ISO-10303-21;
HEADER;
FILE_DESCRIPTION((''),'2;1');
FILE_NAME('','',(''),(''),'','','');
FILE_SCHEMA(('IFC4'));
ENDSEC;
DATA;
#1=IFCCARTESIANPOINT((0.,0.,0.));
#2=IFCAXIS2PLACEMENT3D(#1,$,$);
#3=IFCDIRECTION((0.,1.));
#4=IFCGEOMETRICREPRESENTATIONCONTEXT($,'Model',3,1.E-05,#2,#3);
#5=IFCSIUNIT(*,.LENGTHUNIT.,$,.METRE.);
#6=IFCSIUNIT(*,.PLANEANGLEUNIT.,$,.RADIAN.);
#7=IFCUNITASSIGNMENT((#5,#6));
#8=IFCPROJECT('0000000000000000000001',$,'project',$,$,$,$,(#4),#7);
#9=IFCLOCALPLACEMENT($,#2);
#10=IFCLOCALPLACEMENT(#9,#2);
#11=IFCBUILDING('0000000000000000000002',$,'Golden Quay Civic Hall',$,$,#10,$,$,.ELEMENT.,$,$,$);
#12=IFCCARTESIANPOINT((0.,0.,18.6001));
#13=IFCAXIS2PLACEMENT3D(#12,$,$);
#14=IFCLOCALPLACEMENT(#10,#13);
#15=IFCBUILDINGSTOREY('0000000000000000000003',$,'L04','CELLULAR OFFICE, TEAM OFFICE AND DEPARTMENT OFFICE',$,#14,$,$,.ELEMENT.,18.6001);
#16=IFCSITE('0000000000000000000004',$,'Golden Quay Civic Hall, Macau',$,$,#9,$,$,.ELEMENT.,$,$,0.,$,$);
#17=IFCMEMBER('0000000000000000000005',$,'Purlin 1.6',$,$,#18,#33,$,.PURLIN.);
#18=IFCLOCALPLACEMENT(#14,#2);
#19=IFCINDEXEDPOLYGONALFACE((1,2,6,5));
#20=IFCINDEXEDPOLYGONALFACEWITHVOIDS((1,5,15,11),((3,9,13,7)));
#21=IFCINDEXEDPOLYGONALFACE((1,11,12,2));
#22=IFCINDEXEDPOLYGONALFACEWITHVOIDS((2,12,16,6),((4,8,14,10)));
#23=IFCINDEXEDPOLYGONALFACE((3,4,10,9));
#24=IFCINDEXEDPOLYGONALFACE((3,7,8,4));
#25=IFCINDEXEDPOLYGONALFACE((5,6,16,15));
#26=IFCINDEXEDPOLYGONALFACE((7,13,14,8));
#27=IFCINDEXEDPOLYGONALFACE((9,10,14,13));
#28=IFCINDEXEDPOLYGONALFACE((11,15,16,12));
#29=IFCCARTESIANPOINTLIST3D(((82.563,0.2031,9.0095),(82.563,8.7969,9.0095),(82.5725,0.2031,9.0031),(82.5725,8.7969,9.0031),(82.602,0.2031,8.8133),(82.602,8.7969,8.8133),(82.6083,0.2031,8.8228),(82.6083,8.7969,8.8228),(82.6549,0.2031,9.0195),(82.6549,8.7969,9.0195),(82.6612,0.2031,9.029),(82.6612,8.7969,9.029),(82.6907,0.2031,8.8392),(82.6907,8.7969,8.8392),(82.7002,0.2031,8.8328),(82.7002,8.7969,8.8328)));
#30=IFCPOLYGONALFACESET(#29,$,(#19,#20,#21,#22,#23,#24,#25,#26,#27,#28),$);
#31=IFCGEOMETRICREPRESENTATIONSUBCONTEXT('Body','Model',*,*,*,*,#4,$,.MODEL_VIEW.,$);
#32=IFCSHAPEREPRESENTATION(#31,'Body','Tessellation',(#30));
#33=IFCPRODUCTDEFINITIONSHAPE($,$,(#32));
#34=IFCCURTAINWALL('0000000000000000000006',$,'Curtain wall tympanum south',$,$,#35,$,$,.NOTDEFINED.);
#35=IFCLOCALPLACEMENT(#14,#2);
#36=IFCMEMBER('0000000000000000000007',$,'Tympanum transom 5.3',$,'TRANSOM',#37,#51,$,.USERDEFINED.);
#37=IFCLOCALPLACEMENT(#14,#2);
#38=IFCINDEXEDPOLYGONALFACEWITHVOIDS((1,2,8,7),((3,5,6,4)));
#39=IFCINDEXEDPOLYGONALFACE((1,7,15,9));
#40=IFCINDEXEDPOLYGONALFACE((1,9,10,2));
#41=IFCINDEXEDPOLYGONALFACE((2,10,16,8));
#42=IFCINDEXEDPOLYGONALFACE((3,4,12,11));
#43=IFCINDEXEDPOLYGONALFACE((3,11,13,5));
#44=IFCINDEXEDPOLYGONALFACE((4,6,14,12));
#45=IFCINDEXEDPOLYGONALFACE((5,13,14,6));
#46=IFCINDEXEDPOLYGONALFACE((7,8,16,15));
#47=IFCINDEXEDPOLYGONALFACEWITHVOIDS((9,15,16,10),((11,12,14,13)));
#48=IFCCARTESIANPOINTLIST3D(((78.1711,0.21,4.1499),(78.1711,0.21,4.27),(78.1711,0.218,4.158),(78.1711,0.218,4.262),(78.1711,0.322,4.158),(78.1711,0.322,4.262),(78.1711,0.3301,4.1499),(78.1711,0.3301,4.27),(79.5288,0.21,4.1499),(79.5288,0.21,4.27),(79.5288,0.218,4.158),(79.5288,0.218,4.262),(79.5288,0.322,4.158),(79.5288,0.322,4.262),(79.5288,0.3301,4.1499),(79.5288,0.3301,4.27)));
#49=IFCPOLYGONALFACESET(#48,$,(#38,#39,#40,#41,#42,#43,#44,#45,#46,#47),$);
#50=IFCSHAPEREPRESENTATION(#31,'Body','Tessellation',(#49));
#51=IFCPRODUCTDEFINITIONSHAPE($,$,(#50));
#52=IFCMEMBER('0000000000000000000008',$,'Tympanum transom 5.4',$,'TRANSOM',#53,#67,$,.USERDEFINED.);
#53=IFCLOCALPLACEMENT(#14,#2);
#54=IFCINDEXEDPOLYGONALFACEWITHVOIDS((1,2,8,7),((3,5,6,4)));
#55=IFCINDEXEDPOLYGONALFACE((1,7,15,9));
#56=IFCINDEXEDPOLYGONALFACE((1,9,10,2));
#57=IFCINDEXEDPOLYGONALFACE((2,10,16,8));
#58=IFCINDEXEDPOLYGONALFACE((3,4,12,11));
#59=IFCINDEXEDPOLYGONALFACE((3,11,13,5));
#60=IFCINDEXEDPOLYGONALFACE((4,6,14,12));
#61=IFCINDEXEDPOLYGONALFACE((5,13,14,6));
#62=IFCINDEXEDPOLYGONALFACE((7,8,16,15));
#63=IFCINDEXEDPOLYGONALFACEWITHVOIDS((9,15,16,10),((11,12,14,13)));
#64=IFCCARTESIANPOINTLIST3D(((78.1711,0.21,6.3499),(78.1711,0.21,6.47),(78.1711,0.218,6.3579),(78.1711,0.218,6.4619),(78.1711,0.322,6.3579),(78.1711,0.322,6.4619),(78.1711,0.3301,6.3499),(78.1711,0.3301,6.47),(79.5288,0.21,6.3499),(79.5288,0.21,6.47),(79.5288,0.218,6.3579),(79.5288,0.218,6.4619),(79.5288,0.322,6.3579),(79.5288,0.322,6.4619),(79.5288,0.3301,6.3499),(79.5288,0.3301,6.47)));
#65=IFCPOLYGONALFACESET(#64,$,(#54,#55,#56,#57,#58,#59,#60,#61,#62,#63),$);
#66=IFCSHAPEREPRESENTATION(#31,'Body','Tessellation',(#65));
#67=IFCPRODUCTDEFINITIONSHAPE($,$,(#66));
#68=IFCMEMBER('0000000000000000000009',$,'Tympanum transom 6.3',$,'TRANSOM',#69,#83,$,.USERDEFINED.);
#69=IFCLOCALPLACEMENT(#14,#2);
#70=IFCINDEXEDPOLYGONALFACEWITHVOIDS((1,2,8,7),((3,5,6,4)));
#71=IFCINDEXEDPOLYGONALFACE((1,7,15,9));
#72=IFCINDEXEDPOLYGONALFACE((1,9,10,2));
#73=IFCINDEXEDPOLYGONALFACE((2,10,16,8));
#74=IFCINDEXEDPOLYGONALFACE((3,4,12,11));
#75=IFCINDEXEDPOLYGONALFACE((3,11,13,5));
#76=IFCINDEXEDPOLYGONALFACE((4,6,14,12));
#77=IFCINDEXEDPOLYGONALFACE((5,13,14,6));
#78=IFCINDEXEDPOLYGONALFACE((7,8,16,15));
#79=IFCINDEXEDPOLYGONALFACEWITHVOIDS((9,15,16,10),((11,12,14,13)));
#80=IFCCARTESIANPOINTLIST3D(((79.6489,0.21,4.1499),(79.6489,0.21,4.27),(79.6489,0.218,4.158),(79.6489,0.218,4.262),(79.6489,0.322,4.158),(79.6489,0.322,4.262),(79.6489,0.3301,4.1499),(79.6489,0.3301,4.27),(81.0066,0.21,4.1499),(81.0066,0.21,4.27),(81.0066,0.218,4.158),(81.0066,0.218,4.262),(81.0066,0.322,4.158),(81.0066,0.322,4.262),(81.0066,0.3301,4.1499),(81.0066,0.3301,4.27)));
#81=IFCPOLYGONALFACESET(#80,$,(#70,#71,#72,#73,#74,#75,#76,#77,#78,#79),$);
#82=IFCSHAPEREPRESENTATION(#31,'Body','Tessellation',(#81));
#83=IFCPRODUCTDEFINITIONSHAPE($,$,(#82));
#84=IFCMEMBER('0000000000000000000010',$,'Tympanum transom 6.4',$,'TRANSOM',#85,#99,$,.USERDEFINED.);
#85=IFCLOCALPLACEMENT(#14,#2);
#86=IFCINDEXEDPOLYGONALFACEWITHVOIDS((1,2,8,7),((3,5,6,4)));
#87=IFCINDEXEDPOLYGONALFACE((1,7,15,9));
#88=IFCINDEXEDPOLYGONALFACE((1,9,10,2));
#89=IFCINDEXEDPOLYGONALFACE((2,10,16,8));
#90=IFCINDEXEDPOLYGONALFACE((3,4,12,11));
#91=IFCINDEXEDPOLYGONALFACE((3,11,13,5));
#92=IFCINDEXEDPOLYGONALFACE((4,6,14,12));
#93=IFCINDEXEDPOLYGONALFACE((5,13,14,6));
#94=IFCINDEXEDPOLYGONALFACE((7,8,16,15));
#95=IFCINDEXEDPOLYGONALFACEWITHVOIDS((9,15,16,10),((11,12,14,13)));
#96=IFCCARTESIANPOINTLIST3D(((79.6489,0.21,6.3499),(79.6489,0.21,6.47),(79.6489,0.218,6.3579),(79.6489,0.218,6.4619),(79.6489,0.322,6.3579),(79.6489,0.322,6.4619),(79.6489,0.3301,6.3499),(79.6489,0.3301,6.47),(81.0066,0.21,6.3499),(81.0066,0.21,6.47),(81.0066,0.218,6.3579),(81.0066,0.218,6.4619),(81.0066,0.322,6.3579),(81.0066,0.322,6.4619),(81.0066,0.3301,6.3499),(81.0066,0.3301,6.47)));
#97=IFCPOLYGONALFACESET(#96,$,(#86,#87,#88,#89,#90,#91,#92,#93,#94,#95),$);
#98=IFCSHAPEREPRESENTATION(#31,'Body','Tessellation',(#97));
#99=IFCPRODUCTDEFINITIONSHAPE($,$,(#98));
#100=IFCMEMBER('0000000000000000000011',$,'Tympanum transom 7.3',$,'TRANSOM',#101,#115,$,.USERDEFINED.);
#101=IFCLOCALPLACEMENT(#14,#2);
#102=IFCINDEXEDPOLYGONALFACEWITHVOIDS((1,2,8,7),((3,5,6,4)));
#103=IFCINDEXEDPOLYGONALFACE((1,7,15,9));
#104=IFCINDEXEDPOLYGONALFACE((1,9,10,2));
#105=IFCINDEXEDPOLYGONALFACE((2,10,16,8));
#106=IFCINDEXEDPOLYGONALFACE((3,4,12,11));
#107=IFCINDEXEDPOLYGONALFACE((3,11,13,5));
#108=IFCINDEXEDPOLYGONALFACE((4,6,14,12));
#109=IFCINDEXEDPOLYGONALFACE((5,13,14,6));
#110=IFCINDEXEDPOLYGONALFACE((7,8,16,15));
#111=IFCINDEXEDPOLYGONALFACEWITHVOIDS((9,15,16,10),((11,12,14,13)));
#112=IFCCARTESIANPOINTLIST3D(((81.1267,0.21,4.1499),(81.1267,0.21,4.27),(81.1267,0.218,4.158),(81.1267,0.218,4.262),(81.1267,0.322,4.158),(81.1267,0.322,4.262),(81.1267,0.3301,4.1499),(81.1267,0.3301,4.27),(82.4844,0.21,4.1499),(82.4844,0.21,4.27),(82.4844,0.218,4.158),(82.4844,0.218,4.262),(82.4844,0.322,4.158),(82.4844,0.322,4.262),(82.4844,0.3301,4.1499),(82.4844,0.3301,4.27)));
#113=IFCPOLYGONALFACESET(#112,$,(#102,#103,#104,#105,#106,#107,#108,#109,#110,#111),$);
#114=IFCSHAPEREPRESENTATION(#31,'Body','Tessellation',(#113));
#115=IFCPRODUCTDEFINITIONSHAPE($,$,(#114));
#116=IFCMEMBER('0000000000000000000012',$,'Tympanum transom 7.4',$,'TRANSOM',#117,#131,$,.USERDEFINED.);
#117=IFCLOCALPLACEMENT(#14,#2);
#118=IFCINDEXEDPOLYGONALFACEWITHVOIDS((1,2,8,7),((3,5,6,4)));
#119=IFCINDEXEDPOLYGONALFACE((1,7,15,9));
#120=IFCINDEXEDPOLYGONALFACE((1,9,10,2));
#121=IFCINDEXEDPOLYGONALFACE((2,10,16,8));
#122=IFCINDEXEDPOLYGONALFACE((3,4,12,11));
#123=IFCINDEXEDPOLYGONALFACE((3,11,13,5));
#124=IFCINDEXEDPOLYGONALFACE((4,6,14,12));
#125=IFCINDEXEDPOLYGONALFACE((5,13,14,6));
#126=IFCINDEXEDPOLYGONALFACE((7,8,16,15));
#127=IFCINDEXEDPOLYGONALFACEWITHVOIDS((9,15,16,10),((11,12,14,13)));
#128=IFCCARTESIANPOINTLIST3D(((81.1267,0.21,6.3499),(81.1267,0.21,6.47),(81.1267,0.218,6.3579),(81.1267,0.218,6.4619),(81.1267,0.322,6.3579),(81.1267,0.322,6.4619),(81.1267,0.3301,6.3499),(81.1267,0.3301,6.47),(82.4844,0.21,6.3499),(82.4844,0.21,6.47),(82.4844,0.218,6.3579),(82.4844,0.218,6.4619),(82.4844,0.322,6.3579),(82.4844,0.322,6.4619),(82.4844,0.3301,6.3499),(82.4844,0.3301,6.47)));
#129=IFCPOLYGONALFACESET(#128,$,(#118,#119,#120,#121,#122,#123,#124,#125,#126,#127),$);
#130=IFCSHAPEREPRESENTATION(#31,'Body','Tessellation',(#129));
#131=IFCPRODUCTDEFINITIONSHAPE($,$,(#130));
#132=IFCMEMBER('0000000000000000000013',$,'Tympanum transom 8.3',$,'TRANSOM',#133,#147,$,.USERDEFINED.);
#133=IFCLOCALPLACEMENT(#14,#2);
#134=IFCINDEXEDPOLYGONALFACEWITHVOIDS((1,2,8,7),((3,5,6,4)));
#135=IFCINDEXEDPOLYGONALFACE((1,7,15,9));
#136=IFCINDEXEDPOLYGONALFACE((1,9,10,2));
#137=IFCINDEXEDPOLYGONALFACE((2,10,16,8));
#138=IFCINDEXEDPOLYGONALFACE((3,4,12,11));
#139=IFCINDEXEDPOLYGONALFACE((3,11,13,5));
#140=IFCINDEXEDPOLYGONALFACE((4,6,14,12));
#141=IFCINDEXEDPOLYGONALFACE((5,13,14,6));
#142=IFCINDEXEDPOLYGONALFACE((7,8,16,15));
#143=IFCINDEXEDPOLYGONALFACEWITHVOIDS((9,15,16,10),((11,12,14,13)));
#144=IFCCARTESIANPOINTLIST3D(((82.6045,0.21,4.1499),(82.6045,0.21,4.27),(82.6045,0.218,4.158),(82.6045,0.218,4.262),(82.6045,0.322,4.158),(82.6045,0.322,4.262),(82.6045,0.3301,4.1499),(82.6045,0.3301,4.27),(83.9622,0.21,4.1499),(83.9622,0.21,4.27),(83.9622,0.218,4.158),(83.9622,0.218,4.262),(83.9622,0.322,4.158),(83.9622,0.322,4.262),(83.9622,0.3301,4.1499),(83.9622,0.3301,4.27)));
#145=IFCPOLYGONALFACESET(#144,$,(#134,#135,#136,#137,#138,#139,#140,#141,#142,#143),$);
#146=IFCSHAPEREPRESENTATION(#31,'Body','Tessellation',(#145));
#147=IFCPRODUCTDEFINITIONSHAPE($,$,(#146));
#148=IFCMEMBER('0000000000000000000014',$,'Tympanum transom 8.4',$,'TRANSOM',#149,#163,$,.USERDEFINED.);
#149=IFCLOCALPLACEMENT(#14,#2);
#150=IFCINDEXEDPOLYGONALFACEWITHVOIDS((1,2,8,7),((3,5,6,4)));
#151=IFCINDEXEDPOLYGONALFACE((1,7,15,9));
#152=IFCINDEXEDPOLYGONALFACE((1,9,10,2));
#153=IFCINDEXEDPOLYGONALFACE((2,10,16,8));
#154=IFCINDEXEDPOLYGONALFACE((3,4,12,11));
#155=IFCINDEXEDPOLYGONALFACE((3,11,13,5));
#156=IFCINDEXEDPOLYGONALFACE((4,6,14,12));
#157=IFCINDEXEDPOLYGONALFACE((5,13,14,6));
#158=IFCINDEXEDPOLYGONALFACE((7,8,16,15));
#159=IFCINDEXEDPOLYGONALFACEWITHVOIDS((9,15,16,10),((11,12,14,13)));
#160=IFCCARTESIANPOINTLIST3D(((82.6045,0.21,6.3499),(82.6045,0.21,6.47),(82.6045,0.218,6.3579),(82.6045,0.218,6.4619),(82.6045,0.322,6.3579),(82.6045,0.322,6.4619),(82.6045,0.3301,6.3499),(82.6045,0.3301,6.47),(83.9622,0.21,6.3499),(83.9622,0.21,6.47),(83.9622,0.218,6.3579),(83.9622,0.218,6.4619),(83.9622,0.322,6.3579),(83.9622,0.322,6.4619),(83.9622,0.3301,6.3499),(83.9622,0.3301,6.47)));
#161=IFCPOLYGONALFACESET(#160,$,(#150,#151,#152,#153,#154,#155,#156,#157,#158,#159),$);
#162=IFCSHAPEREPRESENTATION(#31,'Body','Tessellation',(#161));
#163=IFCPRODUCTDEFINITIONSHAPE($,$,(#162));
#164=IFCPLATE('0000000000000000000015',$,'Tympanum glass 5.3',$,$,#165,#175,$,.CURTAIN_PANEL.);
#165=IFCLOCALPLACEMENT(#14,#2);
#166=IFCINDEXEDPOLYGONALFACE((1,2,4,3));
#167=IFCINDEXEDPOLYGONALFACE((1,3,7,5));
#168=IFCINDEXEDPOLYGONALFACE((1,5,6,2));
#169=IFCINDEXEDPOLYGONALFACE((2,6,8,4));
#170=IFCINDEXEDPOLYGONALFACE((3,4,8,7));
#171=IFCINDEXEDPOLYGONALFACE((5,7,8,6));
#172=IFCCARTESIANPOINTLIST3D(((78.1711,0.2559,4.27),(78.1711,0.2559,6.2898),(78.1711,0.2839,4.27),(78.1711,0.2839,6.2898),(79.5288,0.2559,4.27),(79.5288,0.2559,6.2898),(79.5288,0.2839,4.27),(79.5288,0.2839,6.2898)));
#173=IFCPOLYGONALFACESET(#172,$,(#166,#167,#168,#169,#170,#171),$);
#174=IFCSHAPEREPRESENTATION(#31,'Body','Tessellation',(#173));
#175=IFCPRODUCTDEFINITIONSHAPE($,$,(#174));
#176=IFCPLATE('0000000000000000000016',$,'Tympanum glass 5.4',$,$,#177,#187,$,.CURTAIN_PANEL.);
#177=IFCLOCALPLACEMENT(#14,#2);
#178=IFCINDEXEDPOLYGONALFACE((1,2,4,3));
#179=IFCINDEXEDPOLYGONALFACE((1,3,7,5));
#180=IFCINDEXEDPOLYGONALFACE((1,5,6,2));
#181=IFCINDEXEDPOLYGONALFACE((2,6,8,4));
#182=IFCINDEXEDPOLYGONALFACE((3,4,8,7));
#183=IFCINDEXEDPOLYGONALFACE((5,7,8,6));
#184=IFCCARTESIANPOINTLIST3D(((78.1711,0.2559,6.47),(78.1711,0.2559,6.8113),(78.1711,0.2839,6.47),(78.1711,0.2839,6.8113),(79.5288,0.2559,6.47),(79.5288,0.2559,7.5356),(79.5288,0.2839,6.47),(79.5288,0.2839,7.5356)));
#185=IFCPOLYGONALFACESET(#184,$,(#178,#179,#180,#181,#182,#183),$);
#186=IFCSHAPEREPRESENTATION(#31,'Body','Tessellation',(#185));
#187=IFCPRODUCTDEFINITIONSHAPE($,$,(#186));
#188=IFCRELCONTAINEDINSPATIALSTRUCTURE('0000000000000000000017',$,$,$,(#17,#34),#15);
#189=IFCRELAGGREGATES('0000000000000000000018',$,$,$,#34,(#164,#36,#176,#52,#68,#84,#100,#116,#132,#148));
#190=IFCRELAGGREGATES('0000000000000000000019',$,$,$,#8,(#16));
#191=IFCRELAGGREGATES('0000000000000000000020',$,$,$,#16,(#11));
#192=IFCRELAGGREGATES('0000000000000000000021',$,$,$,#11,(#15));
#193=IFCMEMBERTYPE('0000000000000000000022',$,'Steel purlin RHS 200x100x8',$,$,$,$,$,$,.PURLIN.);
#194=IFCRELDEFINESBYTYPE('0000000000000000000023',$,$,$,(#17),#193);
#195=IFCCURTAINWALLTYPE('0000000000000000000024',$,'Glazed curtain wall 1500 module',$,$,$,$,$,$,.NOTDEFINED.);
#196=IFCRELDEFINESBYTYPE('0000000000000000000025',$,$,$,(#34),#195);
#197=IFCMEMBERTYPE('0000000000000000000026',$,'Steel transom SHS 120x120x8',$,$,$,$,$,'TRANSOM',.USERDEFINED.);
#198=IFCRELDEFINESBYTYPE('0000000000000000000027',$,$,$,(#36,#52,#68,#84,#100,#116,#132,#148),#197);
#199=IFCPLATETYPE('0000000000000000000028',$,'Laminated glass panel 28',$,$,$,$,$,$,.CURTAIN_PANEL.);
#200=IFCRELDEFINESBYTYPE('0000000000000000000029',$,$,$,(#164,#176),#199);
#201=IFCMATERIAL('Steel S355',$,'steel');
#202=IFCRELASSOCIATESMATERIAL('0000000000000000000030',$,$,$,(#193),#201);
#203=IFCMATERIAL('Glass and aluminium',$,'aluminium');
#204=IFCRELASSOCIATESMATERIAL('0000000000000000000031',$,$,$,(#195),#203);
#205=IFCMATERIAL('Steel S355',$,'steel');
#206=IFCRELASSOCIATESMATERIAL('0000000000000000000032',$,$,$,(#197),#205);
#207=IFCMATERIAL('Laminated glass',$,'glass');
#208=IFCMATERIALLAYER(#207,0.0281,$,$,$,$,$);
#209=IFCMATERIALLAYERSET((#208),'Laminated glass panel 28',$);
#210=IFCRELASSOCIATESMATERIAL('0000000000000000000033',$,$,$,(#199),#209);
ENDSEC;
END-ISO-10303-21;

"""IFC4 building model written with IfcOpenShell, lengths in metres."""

from ifc_helpers import new_model, si_unit, direction, frame, origin, origin_2d, place, context, subcontext, project, spatial, polyline, hollow_rectangle, outline, extrude, material, layer, layer_set, material_profile, profile_set, type_object, element, aggregate, save


model = new_model("IFC4")

# Units and contexts
model_context = context("Model", 3, precision=1e-05, world=origin(), true_north=direction((0.0, 1.0)))
body_context = subcontext(model_context, "Body", "Model", "MODEL_VIEW")
ifc_project = project(units=[si_unit("LENGTHUNIT", "METRE"), si_unit("PLANEANGLEUNIT", "RADIAN")], contexts=[model_context])

# Site, building, storey
site_placement = place(None, origin())
site = spatial("IfcSite", under=ifc_project, at=site_placement, Name="Golden Quay Civic Hall, Macau", CompositionType="ELEMENT", RefElevation=0.0)
building_placement = place(site_placement, origin())
building = spatial("IfcBuilding", under=site, at=building_placement, Name="Golden Quay Civic Hall", CompositionType="ELEMENT")
storey_placement = place(building_placement, frame((0.0, 0.0, 18.6001)))
storey = spatial("IfcBuildingStorey", under=building, at=storey_placement, Name="L04", Description="CELLULAR OFFICE, TEAM OFFICE AND DEPARTMENT OFFICE", CompositionType="ELEMENT", Elevation=18.6001)

# Member
ifc_material_1 = material(Name="Steel S355", Category="steel")
ifc_material_profile_1 = material_profile(ifc_material_1, hollow_rectangle(XDim=0.1001, YDim=0.2, WallThickness=0.0081, at=origin_2d()), Name="RHS 200x100x8")
ifc_profile_set_1 = profile_set([ifc_material_profile_1], Name="Steel S355")
member_type_1 = type_object("IfcMemberType", Name="Steel purlin RHS 200x100x8", PredefinedType="PURLIN", material=ifc_profile_set_1)
for number, where, z_axis, x_axis, name in (
    (1, (82.6316, 0.2031, 8.9211), (0.0, 1.0, 0.0), (-0.980853, 0.0, -0.194748), "Purlin 1.6"),
):
    element("IfcMember", number, at=place(storey_placement, frame(where, z_axis=z_axis, x_axis=x_axis)), inside=storey, type_object=member_type_1, Name=name, PredefinedType="PURLIN", context=body_context, shape_type="SweptSolid", body=[
        extrude(hollow_rectangle(XDim=0.1001, YDim=0.2, WallThickness=0.0081, at=origin_2d()), origin(), (0.0, 0.0, 1.0), 8.5938),
    ])

# Curtain wall, members, plates
ifc_material_2 = material(Name="Glass and aluminium", Category="aluminium")
curtain_wall_type = type_object("IfcCurtainWallType", Name="Glazed curtain wall 1500 module", PredefinedType="NOTDEFINED", material=ifc_material_2)
curtain_wall_placement = place(storey_placement, origin())
curtain_wall = element("IfcCurtainWall", 2, at=curtain_wall_placement, inside=storey, type_object=curtain_wall_type, Name="Curtain wall tympanum south", PredefinedType="NOTDEFINED")
ifc_material_3 = material(Name="Steel S355", Category="steel")
ifc_material_profile_2 = material_profile(ifc_material_3, hollow_rectangle(XDim=0.1201, YDim=0.1201, WallThickness=0.0081, at=origin_2d()), Name="SHS 120x120x8")
ifc_profile_set_2 = profile_set([ifc_material_profile_2], Name="Steel S355")
member_type_2 = type_object("IfcMemberType", Name="Steel transom SHS 120x120x8", ElementType="TRANSOM", PredefinedType="USERDEFINED", material=ifc_profile_set_2)
member_1_placement = place(storey_placement, frame((78.1711, 0.27, 4.21), z_axis=(1.0, 0.0, 0.0), x_axis=(0.0, 1.0, 0.0)))
member_1 = element("IfcMember", 3, at=member_1_placement, type_object=member_type_2, Name="Tympanum transom 5.3", ObjectType="TRANSOM", PredefinedType="USERDEFINED", context=body_context, shape_type="SweptSolid", body=[
    extrude(hollow_rectangle(XDim=0.1201, YDim=0.1201, WallThickness=0.0081, at=origin_2d()), origin(), (0.0, 0.0, 1.0), 1.3577),
])
member_2_placement = place(storey_placement, frame((78.1711, 0.27, 6.4099), z_axis=(1.0, 0.0, 0.0), x_axis=(0.0, 1.0, 0.0)))
member_2 = element("IfcMember", 4, at=member_2_placement, type_object=member_type_2, Name="Tympanum transom 5.4", ObjectType="TRANSOM", PredefinedType="USERDEFINED", context=body_context, shape_type="SweptSolid", body=[
    extrude(hollow_rectangle(XDim=0.1201, YDim=0.1201, WallThickness=0.0081, at=origin_2d()), origin(), (0.0, 0.0, 1.0), 1.3577),
])
member_3_placement = place(storey_placement, frame((79.6489, 0.27, 4.21), z_axis=(1.0, 0.0, 0.0), x_axis=(0.0, 1.0, 0.0)))
member_3 = element("IfcMember", 5, at=member_3_placement, type_object=member_type_2, Name="Tympanum transom 6.3", ObjectType="TRANSOM", PredefinedType="USERDEFINED", context=body_context, shape_type="SweptSolid", body=[
    extrude(hollow_rectangle(XDim=0.1201, YDim=0.1201, WallThickness=0.0081, at=origin_2d()), origin(), (0.0, 0.0, 1.0), 1.3577),
])
member_4_placement = place(storey_placement, frame((79.6489, 0.27, 6.4099), z_axis=(1.0, 0.0, 0.0), x_axis=(0.0, 1.0, 0.0)))
member_4 = element("IfcMember", 6, at=member_4_placement, type_object=member_type_2, Name="Tympanum transom 6.4", ObjectType="TRANSOM", PredefinedType="USERDEFINED", context=body_context, shape_type="SweptSolid", body=[
    extrude(hollow_rectangle(XDim=0.1201, YDim=0.1201, WallThickness=0.0081, at=origin_2d()), origin(), (0.0, 0.0, 1.0), 1.3577),
])
member_5_placement = place(storey_placement, frame((81.1267, 0.27, 4.21), z_axis=(1.0, 0.0, 0.0), x_axis=(0.0, 1.0, 0.0)))
member_5 = element("IfcMember", 7, at=member_5_placement, type_object=member_type_2, Name="Tympanum transom 7.3", ObjectType="TRANSOM", PredefinedType="USERDEFINED", context=body_context, shape_type="SweptSolid", body=[
    extrude(hollow_rectangle(XDim=0.1201, YDim=0.1201, WallThickness=0.0081, at=origin_2d()), origin(), (0.0, 0.0, 1.0), 1.3577),
])
member_6_placement = place(storey_placement, frame((81.1267, 0.27, 6.4099), z_axis=(1.0, 0.0, 0.0), x_axis=(0.0, 1.0, 0.0)))
member_6 = element("IfcMember", 8, at=member_6_placement, type_object=member_type_2, Name="Tympanum transom 7.4", ObjectType="TRANSOM", PredefinedType="USERDEFINED", context=body_context, shape_type="SweptSolid", body=[
    extrude(hollow_rectangle(XDim=0.1201, YDim=0.1201, WallThickness=0.0081, at=origin_2d()), origin(), (0.0, 0.0, 1.0), 1.3577),
])
member_7_placement = place(storey_placement, frame((82.6045, 0.27, 4.21), z_axis=(1.0, 0.0, 0.0), x_axis=(0.0, 1.0, 0.0)))
member_7 = element("IfcMember", 9, at=member_7_placement, type_object=member_type_2, Name="Tympanum transom 8.3", ObjectType="TRANSOM", PredefinedType="USERDEFINED", context=body_context, shape_type="SweptSolid", body=[
    extrude(hollow_rectangle(XDim=0.1201, YDim=0.1201, WallThickness=0.0081, at=origin_2d()), origin(), (0.0, 0.0, 1.0), 1.3577),
])
member_8_placement = place(storey_placement, frame((82.6045, 0.27, 6.4099), z_axis=(1.0, 0.0, 0.0), x_axis=(0.0, 1.0, 0.0)))
member_8 = element("IfcMember", 10, at=member_8_placement, type_object=member_type_2, Name="Tympanum transom 8.4", ObjectType="TRANSOM", PredefinedType="USERDEFINED", context=body_context, shape_type="SweptSolid", body=[
    extrude(hollow_rectangle(XDim=0.1201, YDim=0.1201, WallThickness=0.0081, at=origin_2d()), origin(), (0.0, 0.0, 1.0), 1.3577),
])
ifc_material_4 = material(Name="Laminated glass", Category="glass")
ifc_layer_1 = layer(ifc_material_4, 0.0281)
ifc_layer_set_1 = layer_set([ifc_layer_1], Name="Laminated glass panel 28")
plate_type_1 = type_object("IfcPlateType", Name="Laminated glass panel 28", PredefinedType="CURTAIN_PANEL", material=ifc_layer_set_1)
plate_1_placement = place(storey_placement, frame((79.5288, 0.2839, 4.27), z_axis=(0.0, 1.0, 0.0), x_axis=(-1.0, 0.0, 0.0)))
plate_1 = element("IfcPlate", 11, at=plate_1_placement, type_object=plate_type_1, Name="Tympanum glass 5.3", PredefinedType="CURTAIN_PANEL", context=body_context, shape_type="SweptSolid", body=[
    extrude(outline(polyline([(0.0, 0.0), (1.3577, 0.0), (1.3577, 2.0198), (0.0, 2.0198), (0.0, 0.0)])), origin(), (0.0, 0.0, -1.0), 0.0281),
])
plate_2_placement = place(storey_placement, frame((79.5288, 0.2839, 6.47), z_axis=(0.0, 1.0, 0.0), x_axis=(-1.0, 0.0, 0.0)))
plate_2 = element("IfcPlate", 12, at=plate_2_placement, type_object=plate_type_1, Name="Tympanum glass 5.4", PredefinedType="CURTAIN_PANEL", context=body_context, shape_type="SweptSolid", body=[
    extrude(outline(polyline([(0.0, 0.0), (1.3577, 0.0), (1.3577, 0.3413), (0.0, 1.0657), (0.0, 0.0)])), origin(), (0.0, 0.0, -1.0), 0.0281),
])
aggregate(curtain_wall, [plate_1, member_1, plate_2, member_2, member_3, member_4, member_5, member_6, member_7, member_8])

save(model, "model.ifc")
